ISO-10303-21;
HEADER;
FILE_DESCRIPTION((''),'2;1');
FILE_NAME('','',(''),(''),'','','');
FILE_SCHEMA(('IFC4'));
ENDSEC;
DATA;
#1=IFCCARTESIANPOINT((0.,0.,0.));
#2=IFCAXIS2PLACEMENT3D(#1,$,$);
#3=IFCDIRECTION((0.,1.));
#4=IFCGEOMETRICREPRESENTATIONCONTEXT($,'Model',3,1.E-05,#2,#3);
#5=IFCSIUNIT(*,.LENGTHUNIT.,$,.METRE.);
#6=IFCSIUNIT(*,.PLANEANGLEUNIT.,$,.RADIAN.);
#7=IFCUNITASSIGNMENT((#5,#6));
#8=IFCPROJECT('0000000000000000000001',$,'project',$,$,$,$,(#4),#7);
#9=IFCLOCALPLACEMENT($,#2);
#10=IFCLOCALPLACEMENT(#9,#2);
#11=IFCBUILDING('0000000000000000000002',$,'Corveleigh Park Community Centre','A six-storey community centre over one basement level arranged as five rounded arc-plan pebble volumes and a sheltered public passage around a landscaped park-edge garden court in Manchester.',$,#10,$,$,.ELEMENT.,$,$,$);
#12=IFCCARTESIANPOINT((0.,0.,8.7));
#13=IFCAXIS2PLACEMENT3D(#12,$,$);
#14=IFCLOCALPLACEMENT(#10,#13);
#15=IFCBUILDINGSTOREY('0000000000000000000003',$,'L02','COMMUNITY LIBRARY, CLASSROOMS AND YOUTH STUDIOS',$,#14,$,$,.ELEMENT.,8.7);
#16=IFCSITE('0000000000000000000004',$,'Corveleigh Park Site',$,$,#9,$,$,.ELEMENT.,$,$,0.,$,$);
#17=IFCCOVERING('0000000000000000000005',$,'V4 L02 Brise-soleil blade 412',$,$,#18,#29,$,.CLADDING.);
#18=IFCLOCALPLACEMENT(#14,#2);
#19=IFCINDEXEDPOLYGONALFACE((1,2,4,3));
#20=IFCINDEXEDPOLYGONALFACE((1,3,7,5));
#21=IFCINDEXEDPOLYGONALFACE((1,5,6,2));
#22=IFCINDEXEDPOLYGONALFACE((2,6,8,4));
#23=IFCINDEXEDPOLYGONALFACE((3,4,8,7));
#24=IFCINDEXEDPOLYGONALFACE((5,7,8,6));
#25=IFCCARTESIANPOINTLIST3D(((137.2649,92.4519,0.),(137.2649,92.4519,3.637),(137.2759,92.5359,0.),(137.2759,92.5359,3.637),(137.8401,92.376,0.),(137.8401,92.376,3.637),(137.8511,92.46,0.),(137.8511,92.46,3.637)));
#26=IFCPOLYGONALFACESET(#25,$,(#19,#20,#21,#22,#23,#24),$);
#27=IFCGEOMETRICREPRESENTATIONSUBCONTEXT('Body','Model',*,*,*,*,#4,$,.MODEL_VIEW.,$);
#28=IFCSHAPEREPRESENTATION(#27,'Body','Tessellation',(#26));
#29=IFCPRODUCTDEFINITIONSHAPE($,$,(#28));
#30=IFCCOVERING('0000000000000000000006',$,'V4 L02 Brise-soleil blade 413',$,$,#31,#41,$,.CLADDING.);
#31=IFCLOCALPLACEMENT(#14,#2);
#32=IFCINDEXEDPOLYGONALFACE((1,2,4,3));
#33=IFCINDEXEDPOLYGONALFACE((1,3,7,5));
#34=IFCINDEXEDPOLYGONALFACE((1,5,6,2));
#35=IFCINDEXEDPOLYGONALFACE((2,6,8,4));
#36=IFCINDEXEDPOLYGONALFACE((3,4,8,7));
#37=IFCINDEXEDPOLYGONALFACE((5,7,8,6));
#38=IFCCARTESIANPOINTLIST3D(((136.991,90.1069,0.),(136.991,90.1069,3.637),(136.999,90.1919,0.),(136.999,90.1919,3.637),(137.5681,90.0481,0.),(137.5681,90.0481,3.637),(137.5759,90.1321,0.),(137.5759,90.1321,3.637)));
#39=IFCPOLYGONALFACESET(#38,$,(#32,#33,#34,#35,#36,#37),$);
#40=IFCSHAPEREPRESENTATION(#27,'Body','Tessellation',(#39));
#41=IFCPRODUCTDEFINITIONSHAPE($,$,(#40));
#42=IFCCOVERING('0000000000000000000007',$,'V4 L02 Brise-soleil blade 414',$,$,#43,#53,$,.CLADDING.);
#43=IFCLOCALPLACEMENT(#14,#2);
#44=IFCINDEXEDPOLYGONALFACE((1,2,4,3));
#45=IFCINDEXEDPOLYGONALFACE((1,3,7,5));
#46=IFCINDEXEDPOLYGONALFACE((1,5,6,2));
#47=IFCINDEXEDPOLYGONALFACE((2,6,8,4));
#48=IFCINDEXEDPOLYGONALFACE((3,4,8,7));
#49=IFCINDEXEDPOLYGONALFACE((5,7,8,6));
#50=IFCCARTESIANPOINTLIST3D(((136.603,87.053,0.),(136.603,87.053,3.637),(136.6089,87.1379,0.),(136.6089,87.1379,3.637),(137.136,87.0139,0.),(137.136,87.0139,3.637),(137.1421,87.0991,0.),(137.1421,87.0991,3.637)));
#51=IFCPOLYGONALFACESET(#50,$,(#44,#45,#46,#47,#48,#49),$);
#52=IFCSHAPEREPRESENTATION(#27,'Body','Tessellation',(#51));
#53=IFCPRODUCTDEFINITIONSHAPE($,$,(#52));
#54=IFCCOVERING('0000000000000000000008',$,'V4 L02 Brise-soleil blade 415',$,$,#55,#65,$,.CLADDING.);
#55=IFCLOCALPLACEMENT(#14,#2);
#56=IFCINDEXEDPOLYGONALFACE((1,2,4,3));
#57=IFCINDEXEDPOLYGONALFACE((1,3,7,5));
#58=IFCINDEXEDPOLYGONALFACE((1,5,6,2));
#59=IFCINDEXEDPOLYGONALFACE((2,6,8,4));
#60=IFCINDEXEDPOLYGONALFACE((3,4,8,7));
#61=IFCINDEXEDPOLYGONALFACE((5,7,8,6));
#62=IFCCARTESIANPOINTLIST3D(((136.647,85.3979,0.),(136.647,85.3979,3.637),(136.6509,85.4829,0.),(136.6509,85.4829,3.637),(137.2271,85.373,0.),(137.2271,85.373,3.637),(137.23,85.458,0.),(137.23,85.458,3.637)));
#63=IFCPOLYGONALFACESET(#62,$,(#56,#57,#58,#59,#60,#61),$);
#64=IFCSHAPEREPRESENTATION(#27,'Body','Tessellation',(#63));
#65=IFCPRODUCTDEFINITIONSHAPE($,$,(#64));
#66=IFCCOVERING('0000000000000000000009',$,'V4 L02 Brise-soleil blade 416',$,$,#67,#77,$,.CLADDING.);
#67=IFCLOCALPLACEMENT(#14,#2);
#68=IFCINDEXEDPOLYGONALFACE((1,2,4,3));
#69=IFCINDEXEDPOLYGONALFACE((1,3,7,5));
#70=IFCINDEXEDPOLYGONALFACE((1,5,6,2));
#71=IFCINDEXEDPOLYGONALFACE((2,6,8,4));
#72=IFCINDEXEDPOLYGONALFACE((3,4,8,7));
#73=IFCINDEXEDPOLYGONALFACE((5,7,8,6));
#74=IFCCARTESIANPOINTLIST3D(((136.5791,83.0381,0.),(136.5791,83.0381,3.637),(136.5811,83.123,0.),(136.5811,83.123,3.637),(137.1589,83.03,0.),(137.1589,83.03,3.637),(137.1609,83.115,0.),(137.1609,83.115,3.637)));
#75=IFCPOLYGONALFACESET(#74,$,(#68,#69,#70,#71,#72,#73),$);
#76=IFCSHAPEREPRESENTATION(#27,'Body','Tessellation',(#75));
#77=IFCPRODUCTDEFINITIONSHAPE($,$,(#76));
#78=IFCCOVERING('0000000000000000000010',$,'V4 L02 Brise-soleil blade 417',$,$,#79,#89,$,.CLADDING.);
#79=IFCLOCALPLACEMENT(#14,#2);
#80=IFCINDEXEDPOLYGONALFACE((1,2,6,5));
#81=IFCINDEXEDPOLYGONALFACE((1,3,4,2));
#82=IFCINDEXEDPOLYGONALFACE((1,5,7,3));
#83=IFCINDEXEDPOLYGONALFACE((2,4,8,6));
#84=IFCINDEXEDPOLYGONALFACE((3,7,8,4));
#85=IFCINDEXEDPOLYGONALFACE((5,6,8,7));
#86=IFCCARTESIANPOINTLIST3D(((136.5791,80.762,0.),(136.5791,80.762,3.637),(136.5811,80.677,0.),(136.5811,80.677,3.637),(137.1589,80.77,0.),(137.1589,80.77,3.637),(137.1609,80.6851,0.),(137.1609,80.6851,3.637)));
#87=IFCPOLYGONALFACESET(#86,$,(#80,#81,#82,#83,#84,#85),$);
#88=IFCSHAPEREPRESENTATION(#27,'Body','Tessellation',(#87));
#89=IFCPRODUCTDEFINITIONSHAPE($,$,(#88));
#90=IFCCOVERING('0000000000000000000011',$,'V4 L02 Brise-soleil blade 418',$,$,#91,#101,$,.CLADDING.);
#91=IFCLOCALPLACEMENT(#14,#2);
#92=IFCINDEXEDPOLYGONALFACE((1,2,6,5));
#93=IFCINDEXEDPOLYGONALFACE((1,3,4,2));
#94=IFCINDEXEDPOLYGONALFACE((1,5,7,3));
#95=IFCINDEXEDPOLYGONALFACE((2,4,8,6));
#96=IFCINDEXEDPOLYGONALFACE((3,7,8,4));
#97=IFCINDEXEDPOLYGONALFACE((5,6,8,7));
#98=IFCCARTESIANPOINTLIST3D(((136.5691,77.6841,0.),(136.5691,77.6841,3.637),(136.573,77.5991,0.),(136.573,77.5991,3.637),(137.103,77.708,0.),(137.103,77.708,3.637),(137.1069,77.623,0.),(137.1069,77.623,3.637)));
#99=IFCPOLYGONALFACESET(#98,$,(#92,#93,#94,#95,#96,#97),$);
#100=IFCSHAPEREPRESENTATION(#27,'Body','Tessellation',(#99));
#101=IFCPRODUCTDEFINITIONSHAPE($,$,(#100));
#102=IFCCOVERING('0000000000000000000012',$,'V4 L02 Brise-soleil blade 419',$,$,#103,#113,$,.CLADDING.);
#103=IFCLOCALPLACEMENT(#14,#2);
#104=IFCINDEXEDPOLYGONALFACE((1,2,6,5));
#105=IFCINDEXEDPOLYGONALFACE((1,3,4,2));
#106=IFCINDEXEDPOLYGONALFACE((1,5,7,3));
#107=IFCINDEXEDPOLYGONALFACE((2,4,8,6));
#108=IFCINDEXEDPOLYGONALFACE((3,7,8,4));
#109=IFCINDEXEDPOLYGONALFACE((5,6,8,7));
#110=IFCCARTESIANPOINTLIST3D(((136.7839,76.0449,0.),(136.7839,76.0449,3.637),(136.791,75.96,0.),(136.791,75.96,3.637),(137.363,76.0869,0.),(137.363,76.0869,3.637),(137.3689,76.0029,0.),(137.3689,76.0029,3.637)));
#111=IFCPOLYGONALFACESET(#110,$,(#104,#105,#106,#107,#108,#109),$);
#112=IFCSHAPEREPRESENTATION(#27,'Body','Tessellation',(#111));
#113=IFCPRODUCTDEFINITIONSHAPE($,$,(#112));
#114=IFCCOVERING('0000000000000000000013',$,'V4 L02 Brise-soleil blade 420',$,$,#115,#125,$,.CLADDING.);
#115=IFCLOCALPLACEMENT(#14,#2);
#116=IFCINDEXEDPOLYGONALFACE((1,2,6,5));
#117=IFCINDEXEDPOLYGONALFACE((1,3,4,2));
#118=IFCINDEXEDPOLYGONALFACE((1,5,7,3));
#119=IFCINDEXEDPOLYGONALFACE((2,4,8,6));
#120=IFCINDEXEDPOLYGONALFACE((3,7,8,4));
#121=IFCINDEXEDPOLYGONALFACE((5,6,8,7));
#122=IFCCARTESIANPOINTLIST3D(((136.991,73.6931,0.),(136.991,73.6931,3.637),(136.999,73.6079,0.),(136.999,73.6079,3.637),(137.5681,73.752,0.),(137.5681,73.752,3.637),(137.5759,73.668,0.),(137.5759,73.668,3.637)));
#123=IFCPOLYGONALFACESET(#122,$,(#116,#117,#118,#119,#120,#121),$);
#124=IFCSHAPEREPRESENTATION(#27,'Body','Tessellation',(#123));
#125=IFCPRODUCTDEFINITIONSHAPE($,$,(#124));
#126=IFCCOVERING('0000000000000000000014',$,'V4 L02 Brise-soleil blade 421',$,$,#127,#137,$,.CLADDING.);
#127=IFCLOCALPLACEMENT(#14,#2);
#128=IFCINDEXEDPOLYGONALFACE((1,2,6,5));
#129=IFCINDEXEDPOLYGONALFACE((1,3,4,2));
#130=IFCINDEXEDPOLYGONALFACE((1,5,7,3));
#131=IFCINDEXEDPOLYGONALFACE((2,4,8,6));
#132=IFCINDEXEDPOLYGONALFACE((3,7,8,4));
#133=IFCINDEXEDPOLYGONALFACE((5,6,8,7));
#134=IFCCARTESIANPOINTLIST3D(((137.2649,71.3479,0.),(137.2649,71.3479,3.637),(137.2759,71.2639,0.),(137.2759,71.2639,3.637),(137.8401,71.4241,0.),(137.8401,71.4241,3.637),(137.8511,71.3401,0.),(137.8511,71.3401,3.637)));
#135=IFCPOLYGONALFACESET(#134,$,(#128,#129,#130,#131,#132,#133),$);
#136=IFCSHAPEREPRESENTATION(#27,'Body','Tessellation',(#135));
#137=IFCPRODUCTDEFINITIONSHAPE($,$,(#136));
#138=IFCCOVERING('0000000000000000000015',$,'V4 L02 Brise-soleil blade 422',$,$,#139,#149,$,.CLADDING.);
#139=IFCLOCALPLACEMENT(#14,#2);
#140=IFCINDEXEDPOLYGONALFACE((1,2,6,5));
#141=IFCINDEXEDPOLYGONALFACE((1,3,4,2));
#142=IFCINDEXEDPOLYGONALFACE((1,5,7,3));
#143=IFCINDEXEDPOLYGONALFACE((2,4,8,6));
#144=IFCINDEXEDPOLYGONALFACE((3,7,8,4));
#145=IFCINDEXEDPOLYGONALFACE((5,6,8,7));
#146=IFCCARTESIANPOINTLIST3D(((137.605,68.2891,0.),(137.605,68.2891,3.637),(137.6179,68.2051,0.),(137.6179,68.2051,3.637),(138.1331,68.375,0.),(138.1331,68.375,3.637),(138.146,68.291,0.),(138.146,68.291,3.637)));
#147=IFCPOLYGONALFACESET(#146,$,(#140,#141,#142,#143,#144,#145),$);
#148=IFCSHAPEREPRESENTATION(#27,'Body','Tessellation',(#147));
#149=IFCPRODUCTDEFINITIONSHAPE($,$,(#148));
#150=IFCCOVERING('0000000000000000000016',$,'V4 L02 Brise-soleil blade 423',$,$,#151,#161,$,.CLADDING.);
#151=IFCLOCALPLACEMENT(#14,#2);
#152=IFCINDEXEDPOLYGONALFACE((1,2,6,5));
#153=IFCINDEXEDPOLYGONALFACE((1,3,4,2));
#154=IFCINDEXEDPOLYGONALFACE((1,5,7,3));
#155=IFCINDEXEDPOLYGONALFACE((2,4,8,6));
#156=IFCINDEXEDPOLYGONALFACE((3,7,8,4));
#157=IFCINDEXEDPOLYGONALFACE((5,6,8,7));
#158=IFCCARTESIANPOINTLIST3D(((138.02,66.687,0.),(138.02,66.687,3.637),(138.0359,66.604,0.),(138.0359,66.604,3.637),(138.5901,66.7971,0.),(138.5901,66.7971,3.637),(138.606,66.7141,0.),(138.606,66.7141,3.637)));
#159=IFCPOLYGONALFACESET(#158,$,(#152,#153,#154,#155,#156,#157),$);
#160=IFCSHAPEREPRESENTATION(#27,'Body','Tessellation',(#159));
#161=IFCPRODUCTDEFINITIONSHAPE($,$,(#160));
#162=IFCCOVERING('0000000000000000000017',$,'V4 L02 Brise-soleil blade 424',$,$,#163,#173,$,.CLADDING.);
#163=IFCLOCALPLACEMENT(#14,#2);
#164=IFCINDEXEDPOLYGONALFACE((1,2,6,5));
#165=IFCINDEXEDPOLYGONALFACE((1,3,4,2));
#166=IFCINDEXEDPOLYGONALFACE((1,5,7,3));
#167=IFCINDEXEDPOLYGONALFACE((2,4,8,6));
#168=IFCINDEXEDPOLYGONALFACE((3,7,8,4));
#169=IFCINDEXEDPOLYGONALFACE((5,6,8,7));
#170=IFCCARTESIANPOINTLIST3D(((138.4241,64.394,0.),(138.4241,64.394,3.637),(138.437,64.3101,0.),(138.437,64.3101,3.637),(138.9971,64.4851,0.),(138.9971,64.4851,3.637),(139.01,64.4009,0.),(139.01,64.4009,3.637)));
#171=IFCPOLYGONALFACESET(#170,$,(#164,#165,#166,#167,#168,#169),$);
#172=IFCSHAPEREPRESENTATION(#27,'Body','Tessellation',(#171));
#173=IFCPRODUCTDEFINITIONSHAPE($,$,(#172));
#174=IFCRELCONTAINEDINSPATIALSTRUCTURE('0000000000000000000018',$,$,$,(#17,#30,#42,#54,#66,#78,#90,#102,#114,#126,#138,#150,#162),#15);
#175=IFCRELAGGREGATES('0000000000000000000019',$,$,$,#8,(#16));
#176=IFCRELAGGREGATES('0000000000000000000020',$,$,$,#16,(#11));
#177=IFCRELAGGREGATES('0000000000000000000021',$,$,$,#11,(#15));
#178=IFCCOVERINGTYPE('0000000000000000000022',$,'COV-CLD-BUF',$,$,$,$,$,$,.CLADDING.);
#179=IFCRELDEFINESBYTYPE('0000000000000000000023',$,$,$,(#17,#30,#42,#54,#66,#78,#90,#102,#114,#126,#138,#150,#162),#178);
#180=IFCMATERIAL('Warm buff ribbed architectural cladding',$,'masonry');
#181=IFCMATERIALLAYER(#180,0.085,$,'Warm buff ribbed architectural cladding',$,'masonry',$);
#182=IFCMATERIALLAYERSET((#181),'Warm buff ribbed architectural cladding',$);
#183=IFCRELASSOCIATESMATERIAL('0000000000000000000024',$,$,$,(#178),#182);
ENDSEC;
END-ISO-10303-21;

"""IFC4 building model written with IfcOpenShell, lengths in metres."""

from ifc_helpers import new_model, si_unit, direction, frame, origin, place, context, subcontext, project, spatial, polyline, outline, extrude, material, layer, layer_set, type_object, element, save


model = new_model("IFC4")

# Units and contexts
model_context = context("Model", 3, precision=1e-05, world=origin(), true_north=direction((0.0, 1.0)))
body_context = subcontext(model_context, "Body", "Model", "MODEL_VIEW")
ifc_project = project(units=[si_unit("LENGTHUNIT", "METRE"), si_unit("PLANEANGLEUNIT", "RADIAN")], contexts=[model_context])

# Site, building, storey
site_placement = place(None, origin())
site = spatial("IfcSite", under=ifc_project, at=site_placement, Name="Corveleigh Park Site", CompositionType="ELEMENT", RefElevation=0.0)
building_placement = place(site_placement, origin())
building = spatial("IfcBuilding", under=site, at=building_placement, Name="Corveleigh Park Community Centre", Description="A six-storey community centre over one basement level arranged as five rounded arc-plan pebble volumes and a sheltered public passage around a landscaped park-edge garden court in Manchester.", CompositionType="ELEMENT")
storey_placement = place(building_placement, frame((0.0, 0.0, 8.7)))
storey = spatial("IfcBuildingStorey", under=building, at=storey_placement, Name="L02", Description="COMMUNITY LIBRARY, CLASSROOMS AND YOUTH STUDIOS", CompositionType="ELEMENT", Elevation=8.7)

# Coverings
ifc_material = material(Name="Warm buff ribbed architectural cladding", Category="masonry")
ifc_layer = layer(ifc_material, 0.085, Name="Warm buff ribbed architectural cladding", Category="masonry")
ifc_layer_set = layer_set([ifc_layer], Name="Warm buff ribbed architectural cladding")
covering_type = type_object("IfcCoveringType", Name="COV-CLD-BUF", PredefinedType="CLADDING", material=ifc_layer_set)
covering_1_placement = place(storey_placement, origin())
element("IfcCovering", 1, at=covering_1_placement, inside=storey, type_object=covering_type, Name="V4 L02 Brise-soleil blade 412", PredefinedType="CLADDING", context=body_context, shape_type="SweptSolid", body=[
    extrude(outline(polyline([(137.8401, 92.376), (137.8511, 92.46), (137.2759, 92.5359), (137.2649, 92.4519), (137.8401, 92.376)])), origin(), (0.0, 0.0, 1.0), 3.637),
])
covering_2_placement = place(storey_placement, origin())
element("IfcCovering", 2, at=covering_2_placement, inside=storey, type_object=covering_type, Name="V4 L02 Brise-soleil blade 413", PredefinedType="CLADDING", context=body_context, shape_type="SweptSolid", body=[
    extrude(outline(polyline([(137.5681, 90.0481), (137.5759, 90.1321), (136.999, 90.1919), (136.991, 90.1069), (137.5681, 90.0481)])), origin(), (0.0, 0.0, 1.0), 3.637),
])
covering_3_placement = place(storey_placement, origin())
element("IfcCovering", 3, at=covering_3_placement, inside=storey, type_object=covering_type, Name="V4 L02 Brise-soleil blade 414", PredefinedType="CLADDING", context=body_context, shape_type="SweptSolid", body=[
    extrude(outline(polyline([(137.136, 87.0139), (137.1421, 87.0991), (136.6089, 87.1379), (136.603, 87.053), (137.136, 87.0139)])), origin(), (0.0, 0.0, 1.0), 3.637),
])
covering_4_placement = place(storey_placement, origin())
element("IfcCovering", 4, at=covering_4_placement, inside=storey, type_object=covering_type, Name="V4 L02 Brise-soleil blade 415", PredefinedType="CLADDING", context=body_context, shape_type="SweptSolid", body=[
    extrude(outline(polyline([(137.2271, 85.373), (137.23, 85.458), (136.6509, 85.4829), (136.647, 85.3979), (137.2271, 85.373)])), origin(), (0.0, 0.0, 1.0), 3.637),
])
covering_5_placement = place(storey_placement, origin())
element("IfcCovering", 5, at=covering_5_placement, inside=storey, type_object=covering_type, Name="V4 L02 Brise-soleil blade 416", PredefinedType="CLADDING", context=body_context, shape_type="SweptSolid", body=[
    extrude(outline(polyline([(137.1589, 83.03), (137.1609, 83.115), (136.5811, 83.123), (136.5791, 83.0381), (137.1589, 83.03)])), origin(), (0.0, 0.0, 1.0), 3.637),
])
covering_6_placement = place(storey_placement, origin())
element("IfcCovering", 6, at=covering_6_placement, inside=storey, type_object=covering_type, Name="V4 L02 Brise-soleil blade 417", PredefinedType="CLADDING", context=body_context, shape_type="SweptSolid", body=[
    extrude(outline(polyline([(137.1609, 80.6851), (137.1589, 80.77), (136.5791, 80.762), (136.5811, 80.677), (137.1609, 80.6851)])), origin(), (0.0, 0.0, 1.0), 3.637),
])
covering_7_placement = place(storey_placement, origin())
element("IfcCovering", 7, at=covering_7_placement, inside=storey, type_object=covering_type, Name="V4 L02 Brise-soleil blade 418", PredefinedType="CLADDING", context=body_context, shape_type="SweptSolid", body=[
    extrude(outline(polyline([(137.1069, 77.623), (137.103, 77.708), (136.5691, 77.6841), (136.573, 77.5991), (137.1069, 77.623)])), origin(), (0.0, 0.0, 1.0), 3.637),
])
covering_8_placement = place(storey_placement, origin())
element("IfcCovering", 8, at=covering_8_placement, inside=storey, type_object=covering_type, Name="V4 L02 Brise-soleil blade 419", PredefinedType="CLADDING", context=body_context, shape_type="SweptSolid", body=[
    extrude(outline(polyline([(137.3689, 76.0029), (137.363, 76.0869), (136.7839, 76.0449), (136.791, 75.96), (137.3689, 76.0029)])), origin(), (0.0, 0.0, 1.0), 3.637),
])
covering_9_placement = place(storey_placement, origin())
element("IfcCovering", 9, at=covering_9_placement, inside=storey, type_object=covering_type, Name="V4 L02 Brise-soleil blade 420", PredefinedType="CLADDING", context=body_context, shape_type="SweptSolid", body=[
    extrude(outline(polyline([(137.5759, 73.668), (137.5681, 73.752), (136.991, 73.6931), (136.999, 73.6079), (137.5759, 73.668)])), origin(), (0.0, 0.0, 1.0), 3.637),
])
covering_10_placement = place(storey_placement, origin())
element("IfcCovering", 10, at=covering_10_placement, inside=storey, type_object=covering_type, Name="V4 L02 Brise-soleil blade 421", PredefinedType="CLADDING", context=body_context, shape_type="SweptSolid", body=[
    extrude(outline(polyline([(137.8511, 71.3401), (137.8401, 71.4241), (137.2649, 71.3479), (137.2759, 71.2639), (137.8511, 71.3401)])), origin(), (0.0, 0.0, 1.0), 3.637),
])
covering_11_placement = place(storey_placement, origin())
element("IfcCovering", 11, at=covering_11_placement, inside=storey, type_object=covering_type, Name="V4 L02 Brise-soleil blade 422", PredefinedType="CLADDING", context=body_context, shape_type="SweptSolid", body=[
    extrude(outline(polyline([(138.146, 68.291), (138.1331, 68.375), (137.605, 68.2891), (137.6179, 68.2051), (138.146, 68.291)])), origin(), (0.0, 0.0, 1.0), 3.637),
])
covering_12_placement = place(storey_placement, origin())
element("IfcCovering", 12, at=covering_12_placement, inside=storey, type_object=covering_type, Name="V4 L02 Brise-soleil blade 423", PredefinedType="CLADDING", context=body_context, shape_type="SweptSolid", body=[
    extrude(outline(polyline([(138.606, 66.7141), (138.5901, 66.7971), (138.02, 66.687), (138.0359, 66.604), (138.606, 66.7141)])), origin(), (0.0, 0.0, 1.0), 3.637),
])
covering_13_placement = place(storey_placement, origin())
element("IfcCovering", 13, at=covering_13_placement, inside=storey, type_object=covering_type, Name="V4 L02 Brise-soleil blade 424", PredefinedType="CLADDING", context=body_context, shape_type="SweptSolid", body=[
    extrude(outline(polyline([(139.01, 64.4009), (138.9971, 64.4851), (138.4241, 64.394), (138.437, 64.3101), (139.01, 64.4009)])), origin(), (0.0, 0.0, 1.0), 3.637),
])

save(model, "model.ifc")
